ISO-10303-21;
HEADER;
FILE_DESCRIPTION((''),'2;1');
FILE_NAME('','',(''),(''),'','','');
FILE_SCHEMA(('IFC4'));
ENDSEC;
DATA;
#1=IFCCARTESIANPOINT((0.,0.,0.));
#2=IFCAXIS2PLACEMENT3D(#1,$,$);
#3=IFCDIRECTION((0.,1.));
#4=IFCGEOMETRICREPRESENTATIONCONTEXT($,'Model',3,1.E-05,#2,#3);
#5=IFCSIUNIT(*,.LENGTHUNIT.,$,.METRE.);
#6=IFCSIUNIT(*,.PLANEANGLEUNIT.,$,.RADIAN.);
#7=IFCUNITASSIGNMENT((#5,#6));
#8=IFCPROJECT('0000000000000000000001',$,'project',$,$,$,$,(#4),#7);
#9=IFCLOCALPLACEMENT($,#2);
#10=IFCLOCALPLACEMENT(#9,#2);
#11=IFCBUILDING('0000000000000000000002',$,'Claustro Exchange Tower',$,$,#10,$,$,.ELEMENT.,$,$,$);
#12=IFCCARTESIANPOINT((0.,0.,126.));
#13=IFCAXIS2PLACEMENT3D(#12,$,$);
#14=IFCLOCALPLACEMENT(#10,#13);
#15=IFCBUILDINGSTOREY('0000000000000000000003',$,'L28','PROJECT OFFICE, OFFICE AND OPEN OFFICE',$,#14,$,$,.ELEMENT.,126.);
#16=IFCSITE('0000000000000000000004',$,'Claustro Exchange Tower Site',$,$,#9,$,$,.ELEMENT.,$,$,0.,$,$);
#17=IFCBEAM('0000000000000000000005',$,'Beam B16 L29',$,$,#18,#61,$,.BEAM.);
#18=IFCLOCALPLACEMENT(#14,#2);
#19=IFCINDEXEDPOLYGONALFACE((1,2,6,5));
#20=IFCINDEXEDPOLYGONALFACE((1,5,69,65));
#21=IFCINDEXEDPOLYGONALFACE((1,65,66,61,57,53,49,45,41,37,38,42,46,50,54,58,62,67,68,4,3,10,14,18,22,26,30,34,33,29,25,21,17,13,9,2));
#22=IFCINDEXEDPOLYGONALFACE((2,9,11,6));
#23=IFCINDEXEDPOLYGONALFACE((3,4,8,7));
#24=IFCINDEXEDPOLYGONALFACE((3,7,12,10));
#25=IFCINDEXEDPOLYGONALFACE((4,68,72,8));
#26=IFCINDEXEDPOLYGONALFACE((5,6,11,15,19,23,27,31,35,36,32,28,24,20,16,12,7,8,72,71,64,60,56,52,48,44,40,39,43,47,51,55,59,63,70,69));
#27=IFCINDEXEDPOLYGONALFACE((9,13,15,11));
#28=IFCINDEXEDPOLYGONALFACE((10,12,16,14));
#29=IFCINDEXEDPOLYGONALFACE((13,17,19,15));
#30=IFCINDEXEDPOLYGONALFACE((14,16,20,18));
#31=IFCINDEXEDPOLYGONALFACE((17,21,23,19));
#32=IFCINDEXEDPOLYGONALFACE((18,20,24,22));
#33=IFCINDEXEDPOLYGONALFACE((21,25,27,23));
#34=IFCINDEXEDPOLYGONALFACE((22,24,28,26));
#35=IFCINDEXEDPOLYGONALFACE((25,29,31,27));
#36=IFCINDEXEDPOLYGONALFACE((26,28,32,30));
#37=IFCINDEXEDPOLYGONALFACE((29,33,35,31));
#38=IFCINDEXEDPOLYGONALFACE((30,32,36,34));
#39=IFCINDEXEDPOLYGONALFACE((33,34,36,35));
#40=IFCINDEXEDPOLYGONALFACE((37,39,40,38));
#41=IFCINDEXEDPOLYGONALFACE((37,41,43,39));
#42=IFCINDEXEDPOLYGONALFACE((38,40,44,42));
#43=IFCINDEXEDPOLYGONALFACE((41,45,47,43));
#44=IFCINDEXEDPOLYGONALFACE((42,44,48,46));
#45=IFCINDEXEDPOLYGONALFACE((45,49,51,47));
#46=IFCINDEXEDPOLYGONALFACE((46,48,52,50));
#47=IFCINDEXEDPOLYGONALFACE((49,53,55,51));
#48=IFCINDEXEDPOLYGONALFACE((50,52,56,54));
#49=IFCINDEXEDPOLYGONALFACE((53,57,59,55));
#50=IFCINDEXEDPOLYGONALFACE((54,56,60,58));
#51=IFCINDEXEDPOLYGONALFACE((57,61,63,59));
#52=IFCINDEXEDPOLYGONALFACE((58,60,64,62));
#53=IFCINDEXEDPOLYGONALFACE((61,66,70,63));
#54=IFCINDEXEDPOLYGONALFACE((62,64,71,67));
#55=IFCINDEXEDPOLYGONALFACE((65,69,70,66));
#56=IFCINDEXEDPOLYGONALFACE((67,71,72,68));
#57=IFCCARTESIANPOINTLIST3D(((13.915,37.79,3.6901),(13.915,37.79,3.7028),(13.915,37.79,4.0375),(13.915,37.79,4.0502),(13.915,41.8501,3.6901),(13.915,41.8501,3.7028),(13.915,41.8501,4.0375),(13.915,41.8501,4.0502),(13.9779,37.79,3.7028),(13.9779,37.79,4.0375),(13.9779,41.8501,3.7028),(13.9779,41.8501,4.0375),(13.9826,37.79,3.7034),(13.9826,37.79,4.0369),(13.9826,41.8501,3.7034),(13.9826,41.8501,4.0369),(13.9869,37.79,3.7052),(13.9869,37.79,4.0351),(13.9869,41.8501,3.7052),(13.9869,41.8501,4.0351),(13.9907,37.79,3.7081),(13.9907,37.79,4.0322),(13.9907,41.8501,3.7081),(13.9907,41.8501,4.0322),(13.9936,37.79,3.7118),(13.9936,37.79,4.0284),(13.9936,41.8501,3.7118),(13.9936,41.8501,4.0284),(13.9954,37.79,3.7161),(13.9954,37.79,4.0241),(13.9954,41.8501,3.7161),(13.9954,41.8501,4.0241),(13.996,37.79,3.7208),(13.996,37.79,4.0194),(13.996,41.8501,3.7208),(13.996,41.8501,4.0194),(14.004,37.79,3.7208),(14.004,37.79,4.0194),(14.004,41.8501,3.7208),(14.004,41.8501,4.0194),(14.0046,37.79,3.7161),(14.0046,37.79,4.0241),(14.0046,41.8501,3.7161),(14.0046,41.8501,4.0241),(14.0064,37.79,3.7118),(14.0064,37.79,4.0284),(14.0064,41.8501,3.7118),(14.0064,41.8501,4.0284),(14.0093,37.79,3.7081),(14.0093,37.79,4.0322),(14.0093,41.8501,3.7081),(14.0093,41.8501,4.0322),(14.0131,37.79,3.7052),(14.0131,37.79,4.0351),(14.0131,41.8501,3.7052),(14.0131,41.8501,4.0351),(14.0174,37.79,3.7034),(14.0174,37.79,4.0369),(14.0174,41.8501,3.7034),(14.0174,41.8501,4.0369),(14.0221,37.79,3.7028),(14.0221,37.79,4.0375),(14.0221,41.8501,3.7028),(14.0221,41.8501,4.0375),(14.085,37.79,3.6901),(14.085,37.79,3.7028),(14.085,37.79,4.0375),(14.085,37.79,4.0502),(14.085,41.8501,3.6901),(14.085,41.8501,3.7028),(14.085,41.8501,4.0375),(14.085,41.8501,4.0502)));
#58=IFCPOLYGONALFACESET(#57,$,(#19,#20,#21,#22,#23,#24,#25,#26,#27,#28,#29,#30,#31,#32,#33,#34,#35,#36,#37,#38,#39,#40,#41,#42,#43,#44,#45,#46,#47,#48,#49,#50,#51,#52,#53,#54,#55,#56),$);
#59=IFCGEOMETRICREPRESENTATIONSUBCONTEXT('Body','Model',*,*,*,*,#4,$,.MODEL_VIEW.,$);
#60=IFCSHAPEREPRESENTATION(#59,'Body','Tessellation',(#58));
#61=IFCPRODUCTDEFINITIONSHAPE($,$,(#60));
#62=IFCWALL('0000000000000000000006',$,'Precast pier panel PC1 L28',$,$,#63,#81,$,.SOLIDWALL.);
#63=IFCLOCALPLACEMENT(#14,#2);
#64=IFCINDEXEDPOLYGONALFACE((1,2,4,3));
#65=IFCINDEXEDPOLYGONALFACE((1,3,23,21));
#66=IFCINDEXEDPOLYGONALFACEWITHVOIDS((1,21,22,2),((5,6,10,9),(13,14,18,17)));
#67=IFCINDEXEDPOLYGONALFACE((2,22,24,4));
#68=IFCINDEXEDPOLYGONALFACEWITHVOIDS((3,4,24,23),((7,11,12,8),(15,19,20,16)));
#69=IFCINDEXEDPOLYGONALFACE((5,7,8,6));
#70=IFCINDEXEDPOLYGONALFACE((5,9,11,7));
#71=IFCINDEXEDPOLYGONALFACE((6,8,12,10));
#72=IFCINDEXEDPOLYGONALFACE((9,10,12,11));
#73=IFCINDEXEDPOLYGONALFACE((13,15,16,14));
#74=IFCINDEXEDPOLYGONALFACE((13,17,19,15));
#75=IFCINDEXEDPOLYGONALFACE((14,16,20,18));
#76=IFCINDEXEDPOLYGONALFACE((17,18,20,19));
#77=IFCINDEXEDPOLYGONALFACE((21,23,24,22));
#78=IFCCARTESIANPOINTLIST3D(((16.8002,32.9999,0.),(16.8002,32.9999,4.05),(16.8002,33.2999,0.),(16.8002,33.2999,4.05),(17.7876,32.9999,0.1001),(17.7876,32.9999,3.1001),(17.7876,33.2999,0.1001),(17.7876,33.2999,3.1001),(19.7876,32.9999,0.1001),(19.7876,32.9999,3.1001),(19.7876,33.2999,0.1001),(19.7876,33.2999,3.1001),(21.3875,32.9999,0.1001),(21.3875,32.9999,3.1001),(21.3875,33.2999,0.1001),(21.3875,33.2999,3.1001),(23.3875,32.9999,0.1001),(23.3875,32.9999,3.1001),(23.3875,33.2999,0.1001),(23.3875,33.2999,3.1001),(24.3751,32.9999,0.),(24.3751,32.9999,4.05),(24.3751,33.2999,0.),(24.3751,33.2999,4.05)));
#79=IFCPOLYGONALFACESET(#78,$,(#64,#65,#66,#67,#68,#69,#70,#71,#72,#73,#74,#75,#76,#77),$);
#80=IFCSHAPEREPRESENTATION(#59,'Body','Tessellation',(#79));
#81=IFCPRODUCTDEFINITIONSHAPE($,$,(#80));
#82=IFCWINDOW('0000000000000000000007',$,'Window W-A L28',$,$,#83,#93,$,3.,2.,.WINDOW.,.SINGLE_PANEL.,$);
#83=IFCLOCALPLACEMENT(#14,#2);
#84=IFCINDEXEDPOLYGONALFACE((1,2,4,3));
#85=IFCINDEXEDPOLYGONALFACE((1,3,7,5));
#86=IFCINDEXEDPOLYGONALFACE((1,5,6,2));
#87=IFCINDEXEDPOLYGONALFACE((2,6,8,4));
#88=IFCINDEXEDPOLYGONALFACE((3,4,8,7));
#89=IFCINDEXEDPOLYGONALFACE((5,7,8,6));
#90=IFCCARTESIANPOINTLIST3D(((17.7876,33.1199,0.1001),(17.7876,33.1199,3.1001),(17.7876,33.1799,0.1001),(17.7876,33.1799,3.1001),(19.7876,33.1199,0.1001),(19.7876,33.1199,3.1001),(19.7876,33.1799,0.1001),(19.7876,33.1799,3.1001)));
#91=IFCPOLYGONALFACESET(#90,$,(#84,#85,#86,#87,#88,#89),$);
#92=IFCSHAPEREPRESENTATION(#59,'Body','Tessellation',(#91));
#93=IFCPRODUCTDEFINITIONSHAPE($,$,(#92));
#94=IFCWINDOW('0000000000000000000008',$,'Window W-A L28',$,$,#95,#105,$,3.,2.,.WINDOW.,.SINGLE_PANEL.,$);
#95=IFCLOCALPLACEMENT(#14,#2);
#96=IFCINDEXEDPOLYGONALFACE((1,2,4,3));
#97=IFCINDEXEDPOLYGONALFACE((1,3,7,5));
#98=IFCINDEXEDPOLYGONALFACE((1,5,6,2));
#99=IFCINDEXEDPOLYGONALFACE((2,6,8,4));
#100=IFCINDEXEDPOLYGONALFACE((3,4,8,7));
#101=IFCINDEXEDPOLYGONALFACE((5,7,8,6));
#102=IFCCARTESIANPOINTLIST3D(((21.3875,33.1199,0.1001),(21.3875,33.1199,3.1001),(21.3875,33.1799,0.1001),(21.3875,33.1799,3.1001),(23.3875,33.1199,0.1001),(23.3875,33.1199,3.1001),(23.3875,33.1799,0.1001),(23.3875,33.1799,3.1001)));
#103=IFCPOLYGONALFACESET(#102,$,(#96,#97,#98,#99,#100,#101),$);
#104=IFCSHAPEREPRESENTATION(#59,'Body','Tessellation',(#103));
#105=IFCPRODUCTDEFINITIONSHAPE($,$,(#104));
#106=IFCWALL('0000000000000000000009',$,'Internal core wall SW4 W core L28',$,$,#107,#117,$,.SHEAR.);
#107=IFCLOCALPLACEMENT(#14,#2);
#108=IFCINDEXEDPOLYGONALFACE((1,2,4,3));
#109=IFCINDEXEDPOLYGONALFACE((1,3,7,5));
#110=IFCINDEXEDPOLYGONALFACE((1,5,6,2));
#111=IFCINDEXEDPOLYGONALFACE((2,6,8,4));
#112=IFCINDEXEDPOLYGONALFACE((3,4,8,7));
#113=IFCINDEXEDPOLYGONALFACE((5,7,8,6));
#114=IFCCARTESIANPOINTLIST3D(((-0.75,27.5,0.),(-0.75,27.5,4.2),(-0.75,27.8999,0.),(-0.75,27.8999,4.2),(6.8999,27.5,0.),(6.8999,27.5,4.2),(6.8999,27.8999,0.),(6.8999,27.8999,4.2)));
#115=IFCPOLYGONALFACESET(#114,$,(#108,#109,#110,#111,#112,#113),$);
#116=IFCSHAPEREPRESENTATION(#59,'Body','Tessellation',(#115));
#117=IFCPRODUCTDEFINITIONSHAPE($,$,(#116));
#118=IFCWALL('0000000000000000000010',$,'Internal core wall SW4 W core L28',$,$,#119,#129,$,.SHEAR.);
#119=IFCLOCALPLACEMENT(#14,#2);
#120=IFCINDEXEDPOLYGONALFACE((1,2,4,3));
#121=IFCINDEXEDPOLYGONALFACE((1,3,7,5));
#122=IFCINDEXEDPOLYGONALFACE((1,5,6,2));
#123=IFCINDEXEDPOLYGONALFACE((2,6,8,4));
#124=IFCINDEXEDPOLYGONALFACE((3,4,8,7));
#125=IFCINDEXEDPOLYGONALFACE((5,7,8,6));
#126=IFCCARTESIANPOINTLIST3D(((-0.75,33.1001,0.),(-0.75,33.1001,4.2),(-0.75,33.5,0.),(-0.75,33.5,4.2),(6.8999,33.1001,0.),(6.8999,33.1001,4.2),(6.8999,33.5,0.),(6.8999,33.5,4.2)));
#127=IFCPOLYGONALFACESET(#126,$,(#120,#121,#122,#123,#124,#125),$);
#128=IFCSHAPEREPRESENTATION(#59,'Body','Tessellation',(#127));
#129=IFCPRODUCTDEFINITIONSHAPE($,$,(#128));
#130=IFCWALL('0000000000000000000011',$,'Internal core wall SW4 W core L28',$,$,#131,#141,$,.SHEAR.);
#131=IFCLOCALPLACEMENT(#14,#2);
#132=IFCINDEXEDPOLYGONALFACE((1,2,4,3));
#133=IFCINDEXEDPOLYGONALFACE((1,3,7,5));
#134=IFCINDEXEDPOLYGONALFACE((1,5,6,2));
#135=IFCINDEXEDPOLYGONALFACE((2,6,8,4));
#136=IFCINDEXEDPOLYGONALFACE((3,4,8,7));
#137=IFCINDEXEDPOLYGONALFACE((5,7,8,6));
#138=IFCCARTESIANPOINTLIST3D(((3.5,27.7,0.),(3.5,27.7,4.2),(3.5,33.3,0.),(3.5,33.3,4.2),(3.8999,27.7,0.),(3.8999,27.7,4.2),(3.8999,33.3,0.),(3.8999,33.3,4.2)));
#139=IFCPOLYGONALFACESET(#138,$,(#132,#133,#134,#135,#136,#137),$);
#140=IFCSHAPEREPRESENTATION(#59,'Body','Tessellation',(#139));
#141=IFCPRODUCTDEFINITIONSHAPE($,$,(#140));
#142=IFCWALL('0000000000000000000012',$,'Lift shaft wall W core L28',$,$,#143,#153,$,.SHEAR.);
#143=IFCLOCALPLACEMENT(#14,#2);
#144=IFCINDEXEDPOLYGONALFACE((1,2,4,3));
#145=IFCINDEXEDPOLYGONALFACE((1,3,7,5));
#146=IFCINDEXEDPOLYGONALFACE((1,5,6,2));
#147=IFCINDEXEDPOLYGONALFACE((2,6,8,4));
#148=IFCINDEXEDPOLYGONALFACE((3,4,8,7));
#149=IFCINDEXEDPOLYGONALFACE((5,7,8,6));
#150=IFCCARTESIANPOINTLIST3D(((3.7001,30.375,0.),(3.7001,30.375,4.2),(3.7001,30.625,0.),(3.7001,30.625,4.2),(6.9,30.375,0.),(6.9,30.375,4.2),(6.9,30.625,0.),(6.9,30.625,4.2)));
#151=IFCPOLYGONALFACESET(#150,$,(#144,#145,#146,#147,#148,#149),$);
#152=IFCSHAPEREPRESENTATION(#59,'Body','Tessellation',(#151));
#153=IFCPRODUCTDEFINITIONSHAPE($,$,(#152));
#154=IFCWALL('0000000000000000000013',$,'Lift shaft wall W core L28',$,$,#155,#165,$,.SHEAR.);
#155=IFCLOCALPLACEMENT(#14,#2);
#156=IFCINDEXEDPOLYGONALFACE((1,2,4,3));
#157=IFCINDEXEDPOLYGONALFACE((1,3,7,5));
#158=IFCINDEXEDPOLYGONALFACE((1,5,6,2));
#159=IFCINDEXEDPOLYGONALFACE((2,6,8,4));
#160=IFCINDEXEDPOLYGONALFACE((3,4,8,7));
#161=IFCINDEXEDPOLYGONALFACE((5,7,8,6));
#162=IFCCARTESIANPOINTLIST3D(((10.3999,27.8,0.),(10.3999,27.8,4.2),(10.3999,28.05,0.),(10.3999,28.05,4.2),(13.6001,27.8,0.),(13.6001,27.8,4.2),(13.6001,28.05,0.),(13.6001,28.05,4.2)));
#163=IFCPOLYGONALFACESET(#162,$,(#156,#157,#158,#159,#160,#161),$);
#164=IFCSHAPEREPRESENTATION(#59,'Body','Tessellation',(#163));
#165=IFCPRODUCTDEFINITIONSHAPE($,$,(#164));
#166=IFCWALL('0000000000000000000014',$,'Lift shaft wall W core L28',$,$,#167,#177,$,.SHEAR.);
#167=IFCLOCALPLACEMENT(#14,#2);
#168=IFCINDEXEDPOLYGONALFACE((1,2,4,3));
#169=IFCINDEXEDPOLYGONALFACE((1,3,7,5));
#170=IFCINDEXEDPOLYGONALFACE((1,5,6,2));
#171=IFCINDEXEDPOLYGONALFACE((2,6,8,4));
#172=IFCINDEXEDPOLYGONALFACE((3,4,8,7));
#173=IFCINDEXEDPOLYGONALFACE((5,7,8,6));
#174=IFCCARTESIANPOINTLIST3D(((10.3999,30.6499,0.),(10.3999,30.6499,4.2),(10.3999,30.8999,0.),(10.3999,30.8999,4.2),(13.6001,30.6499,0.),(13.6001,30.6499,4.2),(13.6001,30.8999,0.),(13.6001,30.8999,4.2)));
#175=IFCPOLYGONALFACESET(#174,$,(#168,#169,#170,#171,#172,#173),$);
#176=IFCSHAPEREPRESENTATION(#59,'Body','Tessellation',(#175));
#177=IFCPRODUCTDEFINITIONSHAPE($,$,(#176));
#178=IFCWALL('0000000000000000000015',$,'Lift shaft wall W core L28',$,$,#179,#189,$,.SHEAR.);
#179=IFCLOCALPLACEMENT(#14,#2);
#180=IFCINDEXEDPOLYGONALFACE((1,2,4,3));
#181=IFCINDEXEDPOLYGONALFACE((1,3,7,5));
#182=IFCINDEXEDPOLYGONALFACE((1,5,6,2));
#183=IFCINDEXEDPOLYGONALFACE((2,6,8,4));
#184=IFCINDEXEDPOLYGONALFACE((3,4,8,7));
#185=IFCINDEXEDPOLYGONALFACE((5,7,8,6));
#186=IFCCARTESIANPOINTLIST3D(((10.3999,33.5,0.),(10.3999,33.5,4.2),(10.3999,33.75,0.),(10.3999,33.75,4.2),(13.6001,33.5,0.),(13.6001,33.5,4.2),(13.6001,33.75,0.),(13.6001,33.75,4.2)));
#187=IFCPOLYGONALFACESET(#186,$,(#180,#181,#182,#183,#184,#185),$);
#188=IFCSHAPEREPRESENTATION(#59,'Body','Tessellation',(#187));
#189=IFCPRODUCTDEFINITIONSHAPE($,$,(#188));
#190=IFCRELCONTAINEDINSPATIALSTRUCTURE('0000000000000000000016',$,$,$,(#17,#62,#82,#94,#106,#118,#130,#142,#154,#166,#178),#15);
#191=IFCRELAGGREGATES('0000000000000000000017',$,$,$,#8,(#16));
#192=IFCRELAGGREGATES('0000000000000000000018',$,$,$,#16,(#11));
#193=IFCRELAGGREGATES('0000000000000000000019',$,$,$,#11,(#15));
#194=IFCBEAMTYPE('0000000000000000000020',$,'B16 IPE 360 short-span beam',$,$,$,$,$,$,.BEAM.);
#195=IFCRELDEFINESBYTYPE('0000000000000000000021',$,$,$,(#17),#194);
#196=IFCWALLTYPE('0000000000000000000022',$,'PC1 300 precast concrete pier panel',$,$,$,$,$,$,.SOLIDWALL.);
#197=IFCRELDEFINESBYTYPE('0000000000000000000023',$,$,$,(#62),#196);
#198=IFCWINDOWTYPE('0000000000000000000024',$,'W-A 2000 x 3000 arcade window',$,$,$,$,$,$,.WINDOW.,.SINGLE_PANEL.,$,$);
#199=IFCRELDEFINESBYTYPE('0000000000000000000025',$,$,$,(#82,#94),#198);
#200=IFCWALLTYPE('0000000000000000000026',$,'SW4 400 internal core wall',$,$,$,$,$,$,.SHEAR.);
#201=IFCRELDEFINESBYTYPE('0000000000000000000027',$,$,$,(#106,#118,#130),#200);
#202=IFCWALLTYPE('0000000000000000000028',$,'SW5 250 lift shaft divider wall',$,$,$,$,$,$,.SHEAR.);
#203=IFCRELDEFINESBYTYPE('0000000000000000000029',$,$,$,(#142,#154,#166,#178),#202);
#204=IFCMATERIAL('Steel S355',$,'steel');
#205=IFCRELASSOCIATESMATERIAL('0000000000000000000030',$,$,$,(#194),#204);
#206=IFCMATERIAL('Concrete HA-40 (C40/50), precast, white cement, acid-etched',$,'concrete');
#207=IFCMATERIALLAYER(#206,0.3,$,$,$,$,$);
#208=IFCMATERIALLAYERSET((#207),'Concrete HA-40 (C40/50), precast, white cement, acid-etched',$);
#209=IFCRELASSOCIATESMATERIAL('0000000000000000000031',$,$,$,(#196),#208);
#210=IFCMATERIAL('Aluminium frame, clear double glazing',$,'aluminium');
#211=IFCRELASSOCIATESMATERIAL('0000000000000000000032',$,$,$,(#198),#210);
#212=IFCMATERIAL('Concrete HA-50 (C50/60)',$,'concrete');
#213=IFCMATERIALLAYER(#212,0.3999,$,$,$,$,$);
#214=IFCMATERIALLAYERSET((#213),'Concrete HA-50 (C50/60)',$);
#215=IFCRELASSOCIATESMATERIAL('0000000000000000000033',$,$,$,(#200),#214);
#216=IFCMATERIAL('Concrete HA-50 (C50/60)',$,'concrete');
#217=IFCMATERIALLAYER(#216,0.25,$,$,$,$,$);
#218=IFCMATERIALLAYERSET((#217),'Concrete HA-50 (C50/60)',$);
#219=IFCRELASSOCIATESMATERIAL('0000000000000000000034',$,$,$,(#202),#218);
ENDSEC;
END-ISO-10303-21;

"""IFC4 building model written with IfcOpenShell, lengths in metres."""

from ifc_helpers import new_model, si_unit, direction, frame, frame_2d, origin, origin_2d, place, context, subcontext, project, spatial, rectangle, i_section, extrude, material, layer, layer_set, material_profile, profile_set, type_object, element, fill, save


model = new_model("IFC4")

# Units and contexts
model_context = context("Model", 3, precision=1e-05, world=origin(), true_north=direction((0.0, 1.0)))
body_context = subcontext(model_context, "Body", "Model", "MODEL_VIEW")
ifc_project = project(units=[si_unit("LENGTHUNIT", "METRE"), si_unit("PLANEANGLEUNIT", "RADIAN")], contexts=[model_context])

# Site, building, storey
site_placement = place(None, origin())
site = spatial("IfcSite", under=ifc_project, at=site_placement, Name="Claustro Exchange Tower Site", CompositionType="ELEMENT", RefElevation=0.0)
building_placement = place(site_placement, origin())
building = spatial("IfcBuilding", under=site, at=building_placement, Name="Claustro Exchange Tower", CompositionType="ELEMENT")
storey_placement = place(building_placement, frame((0.0, 0.0, 126.0)))
storey = spatial("IfcBuildingStorey", under=building, at=storey_placement, Name="L28", Description="PROJECT OFFICE, OFFICE AND OPEN OFFICE", CompositionType="ELEMENT", Elevation=126.0)

# Beam
ifc_material_1 = material(Name="Steel S355", Category="steel")
ifc_material_profile_1 = material_profile(ifc_material_1, i_section(OverallWidth=0.1699, OverallDepth=0.3601, WebThickness=0.0081, FlangeThickness=0.0127, FilletRadius=0.0181, at=origin_2d()), Name="IPE 360")
ifc_profile_set_1 = profile_set([ifc_material_profile_1], Name="Steel S355")
beam_type_1 = type_object("IfcBeamType", Name="B16 IPE 360 short-span beam", PredefinedType="BEAM", material=ifc_profile_set_1)
for number, where, z_axis, x_axis, name in (
    (1, (14.0, 37.79, 3.8701), (0.0, 1.0, 0.0), (-1.0, 0.0, 0.0), "Beam B16 L29"),
):
    element("IfcBeam", number, at=place(storey_placement, frame(where, z_axis=z_axis, x_axis=x_axis)), inside=storey, type_object=beam_type_1, Name=name, PredefinedType="BEAM", context=body_context, shape_type="SweptSolid", body=[
        extrude(i_section(OverallWidth=0.1699, OverallDepth=0.3601, WebThickness=0.0081, FlangeThickness=0.0127, FilletRadius=0.0181, at=origin_2d()), origin(), (0.0, 0.0, 1.0), 4.0601),
    ])

# Wall, openings, windows
ifc_material_2 = material(Name="Concrete HA-40 (C40/50), precast, white cement, acid-etched", Category="concrete")
ifc_layer_1 = layer(ifc_material_2, 0.3)
ifc_layer_set_1 = layer_set([ifc_layer_1], Name="Concrete HA-40 (C40/50), precast, white cement, acid-etched")
wall_type_1 = type_object("IfcWallType", Name="PC1 300 precast concrete pier panel", PredefinedType="SOLIDWALL", material=ifc_layer_set_1)
wall_1_placement = place(storey_placement, frame((16.8, 33.1499, 0.0), z_axis=(0.0, 0.0, 1.0), x_axis=(1.0, 0.0, 0.0)))
wall_1 = element("IfcWall", 2, at=wall_1_placement, inside=storey, type_object=wall_type_1, Name="Precast pier panel PC1 L28", PredefinedType="SOLIDWALL", context=body_context, shape_type="SweptSolid", body=[
    extrude(rectangle(XDim=7.575, YDim=0.3, at=frame_2d((3.7876, 0.0))), origin(), (0.0, 0.0, 1.0), 4.05),
])
opening_1_placement = place(wall_1_placement, frame((0.9875, 0.0, 0.1001)))
opening_1 = element("IfcOpeningElement", 3, at=opening_1_placement, cuts=wall_1, PredefinedType="OPENING", context=body_context, shape_type="SweptSolid", body=[
    extrude(rectangle(XDim=2.0, YDim=3.0, at=frame_2d((1.0, 1.5))), frame((0.0, 0.1599, 0.0), z_axis=(0.0, -1.0, 0.0), x_axis=(1.0, 0.0, 0.0)), (0.0, 0.0, 1.0), 0.3201),
])
opening_2_placement = place(wall_1_placement, frame((4.5874, 0.0, 0.1001)))
opening_2 = element("IfcOpeningElement", 4, at=opening_2_placement, cuts=wall_1, PredefinedType="OPENING", context=body_context, shape_type="SweptSolid", body=[
    extrude(rectangle(XDim=2.0, YDim=3.0, at=frame_2d((1.0, 1.5))), frame((0.0, 0.1599, 0.0), z_axis=(0.0, -1.0, 0.0), x_axis=(1.0, 0.0, 0.0)), (0.0, 0.0, 1.0), 0.3201),
])
ifc_material_3 = material(Name="Aluminium frame, clear double glazing", Category="aluminium")
window_type = type_object("IfcWindowType", Name="W-A 2000 x 3000 arcade window", PartitioningType="SINGLE_PANEL", PredefinedType="WINDOW", material=ifc_material_3)
window_1_placement = place(opening_1_placement, origin())
window_1 = element("IfcWindow", 5, at=window_1_placement, inside=storey, type_object=window_type, Name="Window W-A L28", OverallHeight=3.0, OverallWidth=2.0, PartitioningType="SINGLE_PANEL", PredefinedType="WINDOW", context=body_context, shape_type="SweptSolid", body=[
    extrude(rectangle(XDim=2.0, YDim=3.0, at=frame_2d((1.0, 1.5))), frame((0.0, 0.03, 0.0), z_axis=(0.0, -1.0, 0.0), x_axis=(1.0, 0.0, 0.0)), (0.0, 0.0, 1.0), 0.0601),
])
fill(opening_1, window_1)
window_2_placement = place(opening_2_placement, origin())
window_2 = element("IfcWindow", 6, at=window_2_placement, inside=storey, type_object=window_type, Name="Window W-A L28", OverallHeight=3.0, OverallWidth=2.0, PartitioningType="SINGLE_PANEL", PredefinedType="WINDOW", context=body_context, shape_type="SweptSolid", body=[
    extrude(rectangle(XDim=2.0, YDim=3.0, at=frame_2d((1.0, 1.5))), frame((0.0, 0.03, 0.0), z_axis=(0.0, -1.0, 0.0), x_axis=(1.0, 0.0, 0.0)), (0.0, 0.0, 1.0), 0.0601),
])
fill(opening_2, window_2)

# Walls
ifc_material_4 = material(Name="Concrete HA-50 (C50/60)", Category="concrete")
ifc_layer_2 = layer(ifc_material_4, 0.3999)
ifc_layer_set_2 = layer_set([ifc_layer_2], Name="Concrete HA-50 (C50/60)")
wall_type_2 = type_object("IfcWallType", Name="SW4 400 internal core wall", PredefinedType="SHEAR", material=ifc_layer_set_2)
for number, where, z_axis, x_axis, name in (
    (7, (-0.75, 27.7, 0.0), (0.0, 0.0, 1.0), (1.0, 0.0, 0.0), "Internal core wall SW4 W core L28"),
    (8, (-0.75, 33.3, 0.0), (0.0, 0.0, 1.0), (1.0, 0.0, 0.0), "Internal core wall SW4 W core L28"),
):
    element("IfcWall", number, at=place(storey_placement, frame(where, z_axis=z_axis, x_axis=x_axis)), inside=storey, type_object=wall_type_2, Name=name, PredefinedType="SHEAR", context=body_context, shape_type="SweptSolid", body=[
        extrude(rectangle(XDim=7.6499, YDim=0.3999, at=frame_2d((3.825, 0.0))), origin(), (0.0, 0.0, 1.0), 4.2),
    ])
wall_2_placement = place(storey_placement, frame((3.7, 27.7, 0.0), z_axis=(0.0, 0.0, 1.0), x_axis=(0.0, 1.0, 0.0)))
element("IfcWall", 9, at=wall_2_placement, inside=storey, type_object=wall_type_2, Name="Internal core wall SW4 W core L28", PredefinedType="SHEAR", context=body_context, shape_type="SweptSolid", body=[
    extrude(rectangle(XDim=5.6001, YDim=0.3999, at=frame_2d((2.8, 0.0))), origin(), (0.0, 0.0, 1.0), 4.2),
])
ifc_material_5 = material(Name="Concrete HA-50 (C50/60)", Category="concrete")
ifc_layer_3 = layer(ifc_material_5, 0.25)
ifc_layer_set_3 = layer_set([ifc_layer_3], Name="Concrete HA-50 (C50/60)")
wall_type_3 = type_object("IfcWallType", Name="SW5 250 lift shaft divider wall", PredefinedType="SHEAR", material=ifc_layer_set_3)
wall_3_placement = place(storey_placement, frame((3.7, 30.5, 0.0), z_axis=(0.0, 0.0, 1.0), x_axis=(1.0, 0.0, 0.0)))
element("IfcWall", 10, at=wall_3_placement, inside=storey, type_object=wall_type_3, Name="Lift shaft wall W core L28", PredefinedType="SHEAR", context=body_context, shape_type="SweptSolid", body=[
    extrude(rectangle(XDim=3.2, YDim=0.25, at=frame_2d((1.6001, 0.0))), origin(), (0.0, 0.0, 1.0), 4.2),
])
for number, where, z_axis, x_axis, name in (
    (11, (10.3999, 27.925, 0.0), (0.0, 0.0, 1.0), (1.0, 0.0, 0.0), "Lift shaft wall W core L28"),
    (12, (10.3999, 30.7749, 0.0), (0.0, 0.0, 1.0), (1.0, 0.0, 0.0), "Lift shaft wall W core L28"),
    (13, (10.3999, 33.625, 0.0), (0.0, 0.0, 1.0), (1.0, 0.0, 0.0), "Lift shaft wall W core L28"),
):
    element("IfcWall", number, at=place(storey_placement, frame(where, z_axis=z_axis, x_axis=x_axis)), inside=storey, type_object=wall_type_3, Name=name, PredefinedType="SHEAR", context=body_context, shape_type="SweptSolid", body=[
        extrude(rectangle(XDim=3.2002, YDim=0.25, at=frame_2d((1.6001, 0.0))), origin(), (0.0, 0.0, 1.0), 4.2),
    ])

save(model, "model.ifc")
